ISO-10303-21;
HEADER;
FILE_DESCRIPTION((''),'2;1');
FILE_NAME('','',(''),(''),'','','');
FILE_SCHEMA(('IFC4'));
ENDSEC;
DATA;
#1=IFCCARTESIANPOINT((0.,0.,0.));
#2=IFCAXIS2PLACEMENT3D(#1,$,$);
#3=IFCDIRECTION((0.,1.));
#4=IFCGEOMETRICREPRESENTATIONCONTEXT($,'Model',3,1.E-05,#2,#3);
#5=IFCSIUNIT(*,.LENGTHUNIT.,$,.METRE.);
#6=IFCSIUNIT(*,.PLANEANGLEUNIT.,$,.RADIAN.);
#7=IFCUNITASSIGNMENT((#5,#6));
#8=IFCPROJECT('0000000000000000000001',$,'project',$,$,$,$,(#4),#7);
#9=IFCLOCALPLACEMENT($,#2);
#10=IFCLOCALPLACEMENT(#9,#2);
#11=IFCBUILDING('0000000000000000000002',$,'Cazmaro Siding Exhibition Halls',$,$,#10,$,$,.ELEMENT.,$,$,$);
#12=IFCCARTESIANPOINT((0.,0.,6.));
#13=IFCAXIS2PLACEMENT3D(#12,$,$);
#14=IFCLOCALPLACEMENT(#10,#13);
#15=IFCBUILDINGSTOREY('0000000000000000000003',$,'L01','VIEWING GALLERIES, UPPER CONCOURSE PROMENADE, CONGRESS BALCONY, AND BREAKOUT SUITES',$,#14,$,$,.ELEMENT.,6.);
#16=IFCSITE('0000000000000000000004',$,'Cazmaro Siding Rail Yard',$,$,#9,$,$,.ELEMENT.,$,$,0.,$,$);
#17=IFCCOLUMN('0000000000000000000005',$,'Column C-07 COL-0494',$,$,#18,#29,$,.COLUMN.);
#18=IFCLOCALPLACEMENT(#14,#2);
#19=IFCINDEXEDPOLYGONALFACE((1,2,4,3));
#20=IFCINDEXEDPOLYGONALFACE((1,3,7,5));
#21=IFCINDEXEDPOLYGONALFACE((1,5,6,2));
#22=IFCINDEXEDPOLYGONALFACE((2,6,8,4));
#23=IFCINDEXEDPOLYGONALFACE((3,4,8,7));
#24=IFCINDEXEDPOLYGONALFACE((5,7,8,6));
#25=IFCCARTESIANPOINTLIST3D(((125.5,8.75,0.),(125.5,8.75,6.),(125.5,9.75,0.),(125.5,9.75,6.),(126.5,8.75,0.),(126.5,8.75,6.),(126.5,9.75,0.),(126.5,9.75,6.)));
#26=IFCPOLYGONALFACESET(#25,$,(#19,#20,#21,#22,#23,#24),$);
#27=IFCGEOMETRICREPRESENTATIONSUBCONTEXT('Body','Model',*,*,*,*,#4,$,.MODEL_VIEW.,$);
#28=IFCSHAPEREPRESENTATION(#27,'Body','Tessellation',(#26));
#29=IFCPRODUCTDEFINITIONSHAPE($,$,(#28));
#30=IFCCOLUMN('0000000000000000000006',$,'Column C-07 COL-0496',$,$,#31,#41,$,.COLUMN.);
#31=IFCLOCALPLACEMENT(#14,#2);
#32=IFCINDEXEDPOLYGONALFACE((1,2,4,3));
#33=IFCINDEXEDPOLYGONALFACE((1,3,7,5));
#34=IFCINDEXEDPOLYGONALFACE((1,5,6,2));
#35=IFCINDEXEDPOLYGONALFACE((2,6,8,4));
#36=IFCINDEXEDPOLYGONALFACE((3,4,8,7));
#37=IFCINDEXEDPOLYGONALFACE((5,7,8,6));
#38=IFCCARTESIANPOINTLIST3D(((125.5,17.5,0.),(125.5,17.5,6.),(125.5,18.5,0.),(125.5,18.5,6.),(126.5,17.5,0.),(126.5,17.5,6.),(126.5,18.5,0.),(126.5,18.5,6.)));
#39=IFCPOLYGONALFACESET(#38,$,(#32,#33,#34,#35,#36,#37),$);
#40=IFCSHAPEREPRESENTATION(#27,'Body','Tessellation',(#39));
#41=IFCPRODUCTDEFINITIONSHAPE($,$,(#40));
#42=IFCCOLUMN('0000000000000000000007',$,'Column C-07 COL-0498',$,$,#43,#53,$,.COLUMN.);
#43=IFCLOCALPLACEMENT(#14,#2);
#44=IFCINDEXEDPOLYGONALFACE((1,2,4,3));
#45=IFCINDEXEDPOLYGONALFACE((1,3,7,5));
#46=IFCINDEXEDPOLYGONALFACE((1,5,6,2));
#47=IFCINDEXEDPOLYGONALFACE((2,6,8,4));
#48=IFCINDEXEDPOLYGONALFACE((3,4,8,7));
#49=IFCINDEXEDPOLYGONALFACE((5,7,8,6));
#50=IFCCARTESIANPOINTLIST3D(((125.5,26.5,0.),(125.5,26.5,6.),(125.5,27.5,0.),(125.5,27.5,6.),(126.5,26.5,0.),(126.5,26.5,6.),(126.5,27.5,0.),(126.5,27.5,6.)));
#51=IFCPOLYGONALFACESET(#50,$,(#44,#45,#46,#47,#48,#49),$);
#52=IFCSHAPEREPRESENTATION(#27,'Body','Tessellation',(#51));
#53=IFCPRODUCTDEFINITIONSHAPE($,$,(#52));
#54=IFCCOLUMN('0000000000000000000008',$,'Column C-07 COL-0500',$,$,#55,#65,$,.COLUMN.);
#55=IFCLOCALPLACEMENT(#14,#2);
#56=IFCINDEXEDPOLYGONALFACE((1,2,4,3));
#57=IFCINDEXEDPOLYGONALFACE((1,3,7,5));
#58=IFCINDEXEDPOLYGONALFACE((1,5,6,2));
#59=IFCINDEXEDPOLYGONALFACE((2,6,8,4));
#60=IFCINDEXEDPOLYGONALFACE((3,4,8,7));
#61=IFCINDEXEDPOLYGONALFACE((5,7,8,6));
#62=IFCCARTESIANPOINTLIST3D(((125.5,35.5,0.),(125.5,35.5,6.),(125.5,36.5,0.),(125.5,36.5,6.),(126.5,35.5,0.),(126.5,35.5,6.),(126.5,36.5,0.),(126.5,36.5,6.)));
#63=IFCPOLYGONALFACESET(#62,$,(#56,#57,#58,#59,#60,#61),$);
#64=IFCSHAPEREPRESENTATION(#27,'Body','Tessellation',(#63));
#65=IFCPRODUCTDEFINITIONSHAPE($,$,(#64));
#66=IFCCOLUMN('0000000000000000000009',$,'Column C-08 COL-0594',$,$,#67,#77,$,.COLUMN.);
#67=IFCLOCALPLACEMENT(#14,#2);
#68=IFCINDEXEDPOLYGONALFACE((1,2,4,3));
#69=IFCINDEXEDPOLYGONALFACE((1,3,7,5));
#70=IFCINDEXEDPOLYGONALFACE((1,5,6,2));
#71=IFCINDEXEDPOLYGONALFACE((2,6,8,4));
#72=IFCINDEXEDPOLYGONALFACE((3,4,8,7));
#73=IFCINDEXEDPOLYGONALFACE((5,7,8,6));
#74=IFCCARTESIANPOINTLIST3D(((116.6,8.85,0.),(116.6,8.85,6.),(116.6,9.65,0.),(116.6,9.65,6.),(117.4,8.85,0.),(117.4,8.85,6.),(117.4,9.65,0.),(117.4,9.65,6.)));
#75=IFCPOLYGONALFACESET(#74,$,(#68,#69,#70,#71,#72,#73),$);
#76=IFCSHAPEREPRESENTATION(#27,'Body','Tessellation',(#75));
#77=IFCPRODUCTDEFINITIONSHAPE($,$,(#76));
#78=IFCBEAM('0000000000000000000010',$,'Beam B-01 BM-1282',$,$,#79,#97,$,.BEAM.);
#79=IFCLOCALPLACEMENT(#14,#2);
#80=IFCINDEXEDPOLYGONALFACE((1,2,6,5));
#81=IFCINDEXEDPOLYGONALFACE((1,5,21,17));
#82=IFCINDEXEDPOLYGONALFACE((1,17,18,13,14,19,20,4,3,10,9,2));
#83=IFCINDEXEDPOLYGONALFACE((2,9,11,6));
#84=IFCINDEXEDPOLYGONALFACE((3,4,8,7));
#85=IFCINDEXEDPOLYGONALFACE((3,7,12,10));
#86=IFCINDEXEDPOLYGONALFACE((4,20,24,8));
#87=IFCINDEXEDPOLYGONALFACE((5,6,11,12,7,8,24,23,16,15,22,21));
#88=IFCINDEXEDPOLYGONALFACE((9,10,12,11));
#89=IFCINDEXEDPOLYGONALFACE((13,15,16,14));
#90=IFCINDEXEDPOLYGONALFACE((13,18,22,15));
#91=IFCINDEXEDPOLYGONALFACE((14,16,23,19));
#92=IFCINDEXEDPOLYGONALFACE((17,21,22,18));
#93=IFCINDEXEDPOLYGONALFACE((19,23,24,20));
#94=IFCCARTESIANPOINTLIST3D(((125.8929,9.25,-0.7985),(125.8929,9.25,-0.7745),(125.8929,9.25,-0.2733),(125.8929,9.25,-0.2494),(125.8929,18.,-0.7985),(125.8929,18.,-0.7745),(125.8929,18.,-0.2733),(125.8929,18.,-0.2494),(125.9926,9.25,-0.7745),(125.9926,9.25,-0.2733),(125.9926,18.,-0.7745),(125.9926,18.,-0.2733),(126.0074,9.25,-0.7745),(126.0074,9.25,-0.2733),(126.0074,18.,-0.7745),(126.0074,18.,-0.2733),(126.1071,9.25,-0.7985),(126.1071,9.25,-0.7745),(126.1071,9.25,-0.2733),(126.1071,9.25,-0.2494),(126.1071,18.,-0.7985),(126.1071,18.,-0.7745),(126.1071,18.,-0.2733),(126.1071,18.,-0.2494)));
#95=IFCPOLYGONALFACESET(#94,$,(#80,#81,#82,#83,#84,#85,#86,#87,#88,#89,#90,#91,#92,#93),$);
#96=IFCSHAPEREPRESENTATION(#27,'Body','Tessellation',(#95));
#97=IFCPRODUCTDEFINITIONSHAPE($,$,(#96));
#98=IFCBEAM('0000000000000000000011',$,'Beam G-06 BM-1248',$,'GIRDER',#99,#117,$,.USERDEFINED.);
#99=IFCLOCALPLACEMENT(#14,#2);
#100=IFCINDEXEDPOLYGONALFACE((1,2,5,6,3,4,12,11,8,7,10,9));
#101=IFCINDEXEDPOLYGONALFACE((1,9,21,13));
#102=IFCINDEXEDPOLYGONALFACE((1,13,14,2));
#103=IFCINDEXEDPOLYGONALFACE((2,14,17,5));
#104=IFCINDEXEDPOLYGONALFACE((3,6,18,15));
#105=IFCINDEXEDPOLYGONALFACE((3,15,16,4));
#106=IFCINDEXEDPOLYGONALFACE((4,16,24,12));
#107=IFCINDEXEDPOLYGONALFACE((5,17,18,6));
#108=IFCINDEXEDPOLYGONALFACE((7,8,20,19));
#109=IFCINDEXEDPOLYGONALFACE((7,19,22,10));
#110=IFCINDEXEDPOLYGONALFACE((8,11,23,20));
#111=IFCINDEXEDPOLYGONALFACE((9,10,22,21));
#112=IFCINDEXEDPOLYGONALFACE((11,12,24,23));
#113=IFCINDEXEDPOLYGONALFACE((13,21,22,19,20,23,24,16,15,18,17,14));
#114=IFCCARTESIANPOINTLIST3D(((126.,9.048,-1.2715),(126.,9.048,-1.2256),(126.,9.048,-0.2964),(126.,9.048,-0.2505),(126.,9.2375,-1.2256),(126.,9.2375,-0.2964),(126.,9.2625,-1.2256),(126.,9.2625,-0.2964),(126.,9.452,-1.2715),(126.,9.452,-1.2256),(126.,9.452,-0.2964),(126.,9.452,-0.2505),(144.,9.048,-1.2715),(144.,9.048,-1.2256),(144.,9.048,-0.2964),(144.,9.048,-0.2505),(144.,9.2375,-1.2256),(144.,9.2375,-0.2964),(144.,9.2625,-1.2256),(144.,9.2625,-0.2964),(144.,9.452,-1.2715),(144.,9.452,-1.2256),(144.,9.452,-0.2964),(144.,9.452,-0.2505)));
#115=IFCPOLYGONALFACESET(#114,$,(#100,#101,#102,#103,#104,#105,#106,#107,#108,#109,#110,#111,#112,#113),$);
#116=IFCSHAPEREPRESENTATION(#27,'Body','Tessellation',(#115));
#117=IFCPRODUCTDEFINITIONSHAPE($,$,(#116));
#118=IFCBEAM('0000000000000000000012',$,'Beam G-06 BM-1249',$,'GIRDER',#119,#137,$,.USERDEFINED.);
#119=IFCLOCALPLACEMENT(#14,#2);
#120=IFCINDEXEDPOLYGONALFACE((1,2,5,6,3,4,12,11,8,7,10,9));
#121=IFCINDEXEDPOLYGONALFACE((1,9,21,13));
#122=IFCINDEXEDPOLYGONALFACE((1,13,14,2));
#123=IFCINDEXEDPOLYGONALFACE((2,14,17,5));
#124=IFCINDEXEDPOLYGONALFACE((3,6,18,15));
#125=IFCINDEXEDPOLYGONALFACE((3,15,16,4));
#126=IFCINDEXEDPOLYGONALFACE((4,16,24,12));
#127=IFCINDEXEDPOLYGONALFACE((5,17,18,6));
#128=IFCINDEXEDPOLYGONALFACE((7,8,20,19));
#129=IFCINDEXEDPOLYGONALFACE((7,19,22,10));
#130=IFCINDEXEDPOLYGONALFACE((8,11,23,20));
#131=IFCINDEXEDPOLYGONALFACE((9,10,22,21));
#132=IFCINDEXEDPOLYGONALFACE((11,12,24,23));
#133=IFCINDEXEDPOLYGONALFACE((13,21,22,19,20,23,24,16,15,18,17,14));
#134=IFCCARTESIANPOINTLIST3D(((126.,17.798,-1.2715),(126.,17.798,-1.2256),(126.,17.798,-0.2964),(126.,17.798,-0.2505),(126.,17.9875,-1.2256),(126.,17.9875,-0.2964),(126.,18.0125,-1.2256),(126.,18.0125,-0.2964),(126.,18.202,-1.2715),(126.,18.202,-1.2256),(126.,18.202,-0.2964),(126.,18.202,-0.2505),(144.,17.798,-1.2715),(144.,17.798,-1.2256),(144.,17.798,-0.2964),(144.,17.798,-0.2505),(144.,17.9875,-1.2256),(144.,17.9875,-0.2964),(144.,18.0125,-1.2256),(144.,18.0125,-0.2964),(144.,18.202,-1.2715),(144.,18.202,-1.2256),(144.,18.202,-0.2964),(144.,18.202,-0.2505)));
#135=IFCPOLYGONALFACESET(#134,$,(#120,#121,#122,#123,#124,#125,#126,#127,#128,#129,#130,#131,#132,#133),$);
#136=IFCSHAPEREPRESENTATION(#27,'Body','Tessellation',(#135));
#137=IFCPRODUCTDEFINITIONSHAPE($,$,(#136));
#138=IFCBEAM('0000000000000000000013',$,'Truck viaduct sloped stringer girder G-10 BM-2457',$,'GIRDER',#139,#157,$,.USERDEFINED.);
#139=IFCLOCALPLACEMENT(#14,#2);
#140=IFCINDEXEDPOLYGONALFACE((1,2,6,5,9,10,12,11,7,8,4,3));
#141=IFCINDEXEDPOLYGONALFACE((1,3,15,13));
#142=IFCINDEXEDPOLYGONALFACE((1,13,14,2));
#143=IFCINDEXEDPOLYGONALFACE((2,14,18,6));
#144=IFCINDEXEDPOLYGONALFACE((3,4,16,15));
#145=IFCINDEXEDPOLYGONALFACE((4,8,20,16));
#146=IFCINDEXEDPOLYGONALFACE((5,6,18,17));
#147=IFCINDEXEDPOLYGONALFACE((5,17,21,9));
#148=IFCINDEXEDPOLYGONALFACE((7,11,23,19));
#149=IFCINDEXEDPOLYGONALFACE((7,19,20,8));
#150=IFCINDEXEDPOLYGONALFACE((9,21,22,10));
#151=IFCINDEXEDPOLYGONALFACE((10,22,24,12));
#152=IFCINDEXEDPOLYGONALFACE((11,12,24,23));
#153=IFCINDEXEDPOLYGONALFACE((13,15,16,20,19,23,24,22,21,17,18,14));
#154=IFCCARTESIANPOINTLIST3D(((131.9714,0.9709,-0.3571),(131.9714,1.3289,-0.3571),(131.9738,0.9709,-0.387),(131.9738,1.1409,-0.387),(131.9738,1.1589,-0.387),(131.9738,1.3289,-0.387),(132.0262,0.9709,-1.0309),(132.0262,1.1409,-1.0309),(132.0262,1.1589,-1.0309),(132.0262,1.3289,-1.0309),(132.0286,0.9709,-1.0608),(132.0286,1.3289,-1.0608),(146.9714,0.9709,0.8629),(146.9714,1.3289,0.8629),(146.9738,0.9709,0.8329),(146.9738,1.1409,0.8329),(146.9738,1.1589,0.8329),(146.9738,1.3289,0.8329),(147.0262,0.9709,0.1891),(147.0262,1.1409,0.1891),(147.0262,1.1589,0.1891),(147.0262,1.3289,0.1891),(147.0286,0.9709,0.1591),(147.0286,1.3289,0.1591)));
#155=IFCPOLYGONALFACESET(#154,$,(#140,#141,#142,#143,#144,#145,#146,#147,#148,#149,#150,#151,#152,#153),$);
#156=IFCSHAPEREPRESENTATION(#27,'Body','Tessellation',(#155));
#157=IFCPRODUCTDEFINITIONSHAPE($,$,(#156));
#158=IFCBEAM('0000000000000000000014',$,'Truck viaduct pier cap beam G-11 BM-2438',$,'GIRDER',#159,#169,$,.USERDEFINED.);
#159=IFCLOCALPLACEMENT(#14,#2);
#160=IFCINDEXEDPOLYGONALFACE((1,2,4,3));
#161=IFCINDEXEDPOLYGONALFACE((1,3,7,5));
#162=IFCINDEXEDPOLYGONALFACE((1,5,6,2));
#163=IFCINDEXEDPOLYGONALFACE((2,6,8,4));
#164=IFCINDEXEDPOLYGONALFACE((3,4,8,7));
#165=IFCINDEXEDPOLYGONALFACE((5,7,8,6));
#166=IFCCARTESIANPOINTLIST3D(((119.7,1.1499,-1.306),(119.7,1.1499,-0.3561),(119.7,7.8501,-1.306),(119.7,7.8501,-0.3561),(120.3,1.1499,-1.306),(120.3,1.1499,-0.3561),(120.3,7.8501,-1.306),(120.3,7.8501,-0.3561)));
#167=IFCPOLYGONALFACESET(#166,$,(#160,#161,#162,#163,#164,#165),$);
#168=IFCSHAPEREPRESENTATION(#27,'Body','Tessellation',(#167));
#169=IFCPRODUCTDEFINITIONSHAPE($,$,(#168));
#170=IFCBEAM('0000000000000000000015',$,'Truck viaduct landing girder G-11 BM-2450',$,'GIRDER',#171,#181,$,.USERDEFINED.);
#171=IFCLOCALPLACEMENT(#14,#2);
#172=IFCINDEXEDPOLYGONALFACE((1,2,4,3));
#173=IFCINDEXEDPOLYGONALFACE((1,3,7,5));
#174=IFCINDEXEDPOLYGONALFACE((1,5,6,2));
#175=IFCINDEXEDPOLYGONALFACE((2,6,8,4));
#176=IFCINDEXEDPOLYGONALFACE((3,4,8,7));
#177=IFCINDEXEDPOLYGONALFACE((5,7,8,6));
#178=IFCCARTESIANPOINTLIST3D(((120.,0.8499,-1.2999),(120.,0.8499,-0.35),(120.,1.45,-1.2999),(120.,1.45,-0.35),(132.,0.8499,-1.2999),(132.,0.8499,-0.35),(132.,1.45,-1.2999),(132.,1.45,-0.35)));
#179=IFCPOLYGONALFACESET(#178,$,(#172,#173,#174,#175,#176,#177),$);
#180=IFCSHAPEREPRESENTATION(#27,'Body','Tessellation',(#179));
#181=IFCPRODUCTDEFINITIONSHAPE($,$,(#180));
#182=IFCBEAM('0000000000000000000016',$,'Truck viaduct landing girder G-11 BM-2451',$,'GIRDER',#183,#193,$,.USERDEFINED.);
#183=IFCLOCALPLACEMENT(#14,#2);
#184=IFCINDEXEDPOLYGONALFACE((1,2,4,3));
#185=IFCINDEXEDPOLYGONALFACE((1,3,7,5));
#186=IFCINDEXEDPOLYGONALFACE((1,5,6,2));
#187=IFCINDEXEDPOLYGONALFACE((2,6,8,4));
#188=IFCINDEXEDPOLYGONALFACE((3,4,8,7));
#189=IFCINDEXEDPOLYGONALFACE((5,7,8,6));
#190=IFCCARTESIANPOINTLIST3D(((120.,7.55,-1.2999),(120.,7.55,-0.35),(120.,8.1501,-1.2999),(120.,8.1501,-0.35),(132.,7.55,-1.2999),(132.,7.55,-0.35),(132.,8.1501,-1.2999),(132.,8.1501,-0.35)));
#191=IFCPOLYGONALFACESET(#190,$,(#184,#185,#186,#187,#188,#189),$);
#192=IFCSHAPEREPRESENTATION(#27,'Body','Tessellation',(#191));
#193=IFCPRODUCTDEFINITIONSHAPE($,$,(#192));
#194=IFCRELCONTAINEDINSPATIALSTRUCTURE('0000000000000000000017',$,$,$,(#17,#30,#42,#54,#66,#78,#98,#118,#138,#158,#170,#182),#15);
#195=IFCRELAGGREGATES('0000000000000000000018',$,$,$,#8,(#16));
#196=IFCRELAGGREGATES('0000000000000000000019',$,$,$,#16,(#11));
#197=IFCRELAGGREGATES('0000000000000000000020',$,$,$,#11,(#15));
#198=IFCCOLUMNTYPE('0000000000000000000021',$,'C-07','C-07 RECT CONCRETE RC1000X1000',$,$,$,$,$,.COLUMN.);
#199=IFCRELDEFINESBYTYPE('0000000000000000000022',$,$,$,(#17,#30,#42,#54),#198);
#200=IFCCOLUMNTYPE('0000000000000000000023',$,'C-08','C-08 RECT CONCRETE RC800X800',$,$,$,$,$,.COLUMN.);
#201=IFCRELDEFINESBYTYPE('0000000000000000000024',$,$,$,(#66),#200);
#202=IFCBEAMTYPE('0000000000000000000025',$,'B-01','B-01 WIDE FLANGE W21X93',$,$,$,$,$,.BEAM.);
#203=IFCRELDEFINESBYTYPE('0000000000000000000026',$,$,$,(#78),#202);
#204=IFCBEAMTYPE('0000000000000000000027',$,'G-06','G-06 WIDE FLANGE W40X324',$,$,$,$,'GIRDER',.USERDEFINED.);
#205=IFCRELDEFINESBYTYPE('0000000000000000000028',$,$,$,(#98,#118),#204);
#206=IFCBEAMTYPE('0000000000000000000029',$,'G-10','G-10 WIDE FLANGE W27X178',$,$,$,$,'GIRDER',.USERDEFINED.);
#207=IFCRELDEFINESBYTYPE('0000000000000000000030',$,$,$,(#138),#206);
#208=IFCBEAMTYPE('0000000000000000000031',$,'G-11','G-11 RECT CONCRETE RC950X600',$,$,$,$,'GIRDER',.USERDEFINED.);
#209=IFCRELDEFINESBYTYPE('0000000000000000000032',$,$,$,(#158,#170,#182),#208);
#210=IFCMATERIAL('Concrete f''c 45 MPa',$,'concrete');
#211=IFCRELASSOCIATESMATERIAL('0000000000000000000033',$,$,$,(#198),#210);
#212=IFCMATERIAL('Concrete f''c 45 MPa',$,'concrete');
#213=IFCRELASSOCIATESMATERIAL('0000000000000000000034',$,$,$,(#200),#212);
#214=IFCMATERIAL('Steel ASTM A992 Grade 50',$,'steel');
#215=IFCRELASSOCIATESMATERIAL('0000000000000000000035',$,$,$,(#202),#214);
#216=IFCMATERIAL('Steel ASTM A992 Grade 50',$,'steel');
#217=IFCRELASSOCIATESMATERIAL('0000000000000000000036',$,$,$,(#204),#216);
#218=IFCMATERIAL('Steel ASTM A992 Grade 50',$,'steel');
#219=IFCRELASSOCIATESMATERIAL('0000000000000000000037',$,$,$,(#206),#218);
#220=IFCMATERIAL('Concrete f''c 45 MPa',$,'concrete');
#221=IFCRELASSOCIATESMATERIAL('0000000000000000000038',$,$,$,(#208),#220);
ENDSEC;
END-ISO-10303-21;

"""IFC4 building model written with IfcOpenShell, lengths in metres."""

from ifc_helpers import new_model, si_unit, direction, frame, origin, origin_2d, place, context, subcontext, project, spatial, rectangle, i_section, extrude, material, material_profile, profile_set, type_object, element, save


model = new_model("IFC4")

# Units and contexts
model_context = context("Model", 3, precision=1e-05, world=origin(), true_north=direction((0.0, 1.0)))
body_context = subcontext(model_context, "Body", "Model", "MODEL_VIEW")
ifc_project = project(units=[si_unit("LENGTHUNIT", "METRE"), si_unit("PLANEANGLEUNIT", "RADIAN")], contexts=[model_context])

# Site, building, storey
site_placement = place(None, origin())
site = spatial("IfcSite", under=ifc_project, at=site_placement, Name="Cazmaro Siding Rail Yard", CompositionType="ELEMENT", RefElevation=0.0)
building_placement = place(site_placement, origin())
building = spatial("IfcBuilding", under=site, at=building_placement, Name="Cazmaro Siding Exhibition Halls", CompositionType="ELEMENT")
storey_placement = place(building_placement, frame((0.0, 0.0, 6.0)))
storey = spatial("IfcBuildingStorey", under=building, at=storey_placement, Name="L01", Description="VIEWING GALLERIES, UPPER CONCOURSE PROMENADE, CONGRESS BALCONY, AND BREAKOUT SUITES", CompositionType="ELEMENT", Elevation=6.0)

# Columns
ifc_material_1 = material(Name="Concrete f'c 45 MPa", Category="concrete")
ifc_material_profile_1 = material_profile(ifc_material_1, rectangle(XDim=1.0, YDim=1.0, at=origin_2d()), Name="RC1000X1000")
ifc_profile_set_1 = profile_set([ifc_material_profile_1], Name="Concrete f'c 45 MPa")
column_type_1 = type_object("IfcColumnType", Name="C-07", Description="C-07 RECT CONCRETE RC1000X1000", PredefinedType="COLUMN", material=ifc_profile_set_1)
for number, where, z_axis, x_axis, name in (
    (1, (126.0, 9.25, 0.0), (0.0, 0.0, 1.0), (1.0, 0.0, 0.0), "Column C-07 COL-0494"),
    (2, (126.0, 18.0, 0.0), (0.0, 0.0, 1.0), (1.0, 0.0, 0.0), "Column C-07 COL-0496"),
    (3, (126.0, 27.0, 0.0), (0.0, 0.0, 1.0), (1.0, 0.0, 0.0), "Column C-07 COL-0498"),
    (4, (126.0, 36.0, 0.0), (0.0, 0.0, 1.0), (1.0, 0.0, 0.0), "Column C-07 COL-0500"),
):
    element("IfcColumn", number, at=place(storey_placement, frame(where, z_axis=z_axis, x_axis=x_axis)), inside=storey, type_object=column_type_1, Name=name, PredefinedType="COLUMN", context=body_context, shape_type="SweptSolid", body=[
        extrude(rectangle(XDim=1.0, YDim=1.0, at=origin_2d()), origin(), (0.0, 0.0, 1.0), 6.0),
    ])
ifc_material_2 = material(Name="Concrete f'c 45 MPa", Category="concrete")
ifc_material_profile_2 = material_profile(ifc_material_2, rectangle(XDim=0.8, YDim=0.8, at=origin_2d()), Name="RC800X800")
ifc_profile_set_2 = profile_set([ifc_material_profile_2], Name="Concrete f'c 45 MPa")
column_type_2 = type_object("IfcColumnType", Name="C-08", Description="C-08 RECT CONCRETE RC800X800", PredefinedType="COLUMN", material=ifc_profile_set_2)
column_placement = place(storey_placement, frame((117.0, 9.25, 0.0), z_axis=(0.0, 0.0, 1.0), x_axis=(1.0, 0.0, 0.0)))
element("IfcColumn", 5, at=column_placement, inside=storey, type_object=column_type_2, Name="Column C-08 COL-0594", PredefinedType="COLUMN", context=body_context, shape_type="SweptSolid", body=[
    extrude(rectangle(XDim=0.8, YDim=0.8, at=origin_2d()), origin(), (0.0, 0.0, 1.0), 6.0),
])

# Beams
ifc_material_3 = material(Name="Steel ASTM A992 Grade 50", Category="steel")
ifc_material_profile_3 = material_profile(ifc_material_3, i_section(OverallWidth=0.2141, OverallDepth=0.5491, WebThickness=0.0149, FlangeThickness=0.0239, at=origin_2d()), Name="W21X93")
ifc_profile_set_3 = profile_set([ifc_material_profile_3], Name="Steel ASTM A992 Grade 50")
beam_type_1 = type_object("IfcBeamType", Name="B-01", Description="B-01 WIDE FLANGE W21X93", PredefinedType="BEAM", material=ifc_profile_set_3)
beam_1_placement = place(storey_placement, frame((126.0, 9.25, -0.5239), z_axis=(0.0, 1.0, 0.0), x_axis=(-1.0, 0.0, 0.0)))
element("IfcBeam", 6, at=beam_1_placement, inside=storey, type_object=beam_type_1, Name="Beam B-01 BM-1282", PredefinedType="BEAM", context=body_context, shape_type="SweptSolid", body=[
    extrude(i_section(OverallWidth=0.2141, OverallDepth=0.5491, WebThickness=0.0149, FlangeThickness=0.0239, at=origin_2d()), origin(), (0.0, 0.0, 1.0), 8.75),
])
ifc_material_4 = material(Name="Steel ASTM A992 Grade 50", Category="steel")
ifc_material_profile_4 = material_profile(ifc_material_4, i_section(OverallWidth=0.4041, OverallDepth=1.021, WebThickness=0.0249, FlangeThickness=0.0459, at=origin_2d()), Name="W40X324")
ifc_profile_set_4 = profile_set([ifc_material_profile_4], Name="Steel ASTM A992 Grade 50")
beam_type_2 = type_object("IfcBeamType", Name="G-06", Description="G-06 WIDE FLANGE W40X324", ElementType="GIRDER", PredefinedType="USERDEFINED", material=ifc_profile_set_4)
for number, where, z_axis, x_axis, name in (
    (7, (126.0, 9.25, -0.761), (1.0, 0.0, 0.0), (0.0, 1.0, 0.0), "Beam G-06 BM-1248"),
    (8, (126.0, 18.0, -0.761), (1.0, 0.0, 0.0), (0.0, 1.0, 0.0), "Beam G-06 BM-1249"),
):
    element("IfcBeam", number, at=place(storey_placement, frame(where, z_axis=z_axis, x_axis=x_axis)), inside=storey, type_object=beam_type_2, Name=name, ObjectType="GIRDER", PredefinedType="USERDEFINED", context=body_context, shape_type="SweptSolid", body=[
        extrude(i_section(OverallWidth=0.4041, OverallDepth=1.021, WebThickness=0.0249, FlangeThickness=0.0459, at=origin_2d()), origin(), (0.0, 0.0, 1.0), 18.0),
    ])
ifc_material_5 = material(Name="Steel ASTM A992 Grade 50", Category="steel")
ifc_material_profile_5 = material_profile(ifc_material_5, i_section(OverallWidth=0.3579, OverallDepth=0.7061, WebThickness=0.0181, FlangeThickness=0.03, at=origin_2d()), Name="W27X178")
ifc_profile_set_5 = profile_set([ifc_material_profile_5], Name="Steel ASTM A992 Grade 50")
beam_type_3 = type_object("IfcBeamType", Name="G-10", Description="G-10 WIDE FLANGE W27X178", ElementType="GIRDER", PredefinedType="USERDEFINED", material=ifc_profile_set_5)
beam_2_placement = place(storey_placement, frame((132.0, 1.1499, -0.709), z_axis=(0.996709, 0.0, 0.081064), x_axis=(0.0, 1.0, 0.0)))
element("IfcBeam", 9, at=beam_2_placement, inside=storey, type_object=beam_type_3, Name="Truck viaduct sloped stringer girder G-10 BM-2457", ObjectType="GIRDER", PredefinedType="USERDEFINED", context=body_context, shape_type="SweptSolid", body=[
    extrude(i_section(OverallWidth=0.3579, OverallDepth=0.7061, WebThickness=0.0181, FlangeThickness=0.03, at=origin_2d()), origin(), (0.0, 0.0, 1.0), 15.0496),
])
ifc_material_6 = material(Name="Concrete f'c 45 MPa", Category="concrete")
ifc_material_profile_6 = material_profile(ifc_material_6, rectangle(XDim=0.6001, YDim=0.95, at=origin_2d()), Name="RC950X600")
ifc_profile_set_6 = profile_set([ifc_material_profile_6], Name="Concrete f'c 45 MPa")
beam_type_4 = type_object("IfcBeamType", Name="G-11", Description="G-11 RECT CONCRETE RC950X600", ElementType="GIRDER", PredefinedType="USERDEFINED", material=ifc_profile_set_6)
beam_3_placement = place(storey_placement, frame((120.0, 1.1499, -0.8311), z_axis=(0.0, 1.0, 0.0), x_axis=(-1.0, 0.0, 0.0)))
element("IfcBeam", 10, at=beam_3_placement, inside=storey, type_object=beam_type_4, Name="Truck viaduct pier cap beam G-11 BM-2438", ObjectType="GIRDER", PredefinedType="USERDEFINED", context=body_context, shape_type="SweptSolid", body=[
    extrude(rectangle(XDim=0.6001, YDim=0.95, at=origin_2d()), origin(), (0.0, 0.0, 1.0), 6.7002),
])
for number, where, z_axis, x_axis, name in (
    (11, (120.0, 1.1499, -0.825), (1.0, 0.0, 0.0), (0.0, 1.0, 0.0), "Truck viaduct landing girder G-11 BM-2450"),
    (12, (120.0, 7.8501, -0.825), (1.0, 0.0, 0.0), (0.0, 1.0, 0.0), "Truck viaduct landing girder G-11 BM-2451"),
):
    element("IfcBeam", number, at=place(storey_placement, frame(where, z_axis=z_axis, x_axis=x_axis)), inside=storey, type_object=beam_type_4, Name=name, ObjectType="GIRDER", PredefinedType="USERDEFINED", context=body_context, shape_type="SweptSolid", body=[
        extrude(rectangle(XDim=0.6001, YDim=0.95, at=origin_2d()), origin(), (0.0, 0.0, 1.0), 12.0),
    ])

save(model, "model.ifc")
